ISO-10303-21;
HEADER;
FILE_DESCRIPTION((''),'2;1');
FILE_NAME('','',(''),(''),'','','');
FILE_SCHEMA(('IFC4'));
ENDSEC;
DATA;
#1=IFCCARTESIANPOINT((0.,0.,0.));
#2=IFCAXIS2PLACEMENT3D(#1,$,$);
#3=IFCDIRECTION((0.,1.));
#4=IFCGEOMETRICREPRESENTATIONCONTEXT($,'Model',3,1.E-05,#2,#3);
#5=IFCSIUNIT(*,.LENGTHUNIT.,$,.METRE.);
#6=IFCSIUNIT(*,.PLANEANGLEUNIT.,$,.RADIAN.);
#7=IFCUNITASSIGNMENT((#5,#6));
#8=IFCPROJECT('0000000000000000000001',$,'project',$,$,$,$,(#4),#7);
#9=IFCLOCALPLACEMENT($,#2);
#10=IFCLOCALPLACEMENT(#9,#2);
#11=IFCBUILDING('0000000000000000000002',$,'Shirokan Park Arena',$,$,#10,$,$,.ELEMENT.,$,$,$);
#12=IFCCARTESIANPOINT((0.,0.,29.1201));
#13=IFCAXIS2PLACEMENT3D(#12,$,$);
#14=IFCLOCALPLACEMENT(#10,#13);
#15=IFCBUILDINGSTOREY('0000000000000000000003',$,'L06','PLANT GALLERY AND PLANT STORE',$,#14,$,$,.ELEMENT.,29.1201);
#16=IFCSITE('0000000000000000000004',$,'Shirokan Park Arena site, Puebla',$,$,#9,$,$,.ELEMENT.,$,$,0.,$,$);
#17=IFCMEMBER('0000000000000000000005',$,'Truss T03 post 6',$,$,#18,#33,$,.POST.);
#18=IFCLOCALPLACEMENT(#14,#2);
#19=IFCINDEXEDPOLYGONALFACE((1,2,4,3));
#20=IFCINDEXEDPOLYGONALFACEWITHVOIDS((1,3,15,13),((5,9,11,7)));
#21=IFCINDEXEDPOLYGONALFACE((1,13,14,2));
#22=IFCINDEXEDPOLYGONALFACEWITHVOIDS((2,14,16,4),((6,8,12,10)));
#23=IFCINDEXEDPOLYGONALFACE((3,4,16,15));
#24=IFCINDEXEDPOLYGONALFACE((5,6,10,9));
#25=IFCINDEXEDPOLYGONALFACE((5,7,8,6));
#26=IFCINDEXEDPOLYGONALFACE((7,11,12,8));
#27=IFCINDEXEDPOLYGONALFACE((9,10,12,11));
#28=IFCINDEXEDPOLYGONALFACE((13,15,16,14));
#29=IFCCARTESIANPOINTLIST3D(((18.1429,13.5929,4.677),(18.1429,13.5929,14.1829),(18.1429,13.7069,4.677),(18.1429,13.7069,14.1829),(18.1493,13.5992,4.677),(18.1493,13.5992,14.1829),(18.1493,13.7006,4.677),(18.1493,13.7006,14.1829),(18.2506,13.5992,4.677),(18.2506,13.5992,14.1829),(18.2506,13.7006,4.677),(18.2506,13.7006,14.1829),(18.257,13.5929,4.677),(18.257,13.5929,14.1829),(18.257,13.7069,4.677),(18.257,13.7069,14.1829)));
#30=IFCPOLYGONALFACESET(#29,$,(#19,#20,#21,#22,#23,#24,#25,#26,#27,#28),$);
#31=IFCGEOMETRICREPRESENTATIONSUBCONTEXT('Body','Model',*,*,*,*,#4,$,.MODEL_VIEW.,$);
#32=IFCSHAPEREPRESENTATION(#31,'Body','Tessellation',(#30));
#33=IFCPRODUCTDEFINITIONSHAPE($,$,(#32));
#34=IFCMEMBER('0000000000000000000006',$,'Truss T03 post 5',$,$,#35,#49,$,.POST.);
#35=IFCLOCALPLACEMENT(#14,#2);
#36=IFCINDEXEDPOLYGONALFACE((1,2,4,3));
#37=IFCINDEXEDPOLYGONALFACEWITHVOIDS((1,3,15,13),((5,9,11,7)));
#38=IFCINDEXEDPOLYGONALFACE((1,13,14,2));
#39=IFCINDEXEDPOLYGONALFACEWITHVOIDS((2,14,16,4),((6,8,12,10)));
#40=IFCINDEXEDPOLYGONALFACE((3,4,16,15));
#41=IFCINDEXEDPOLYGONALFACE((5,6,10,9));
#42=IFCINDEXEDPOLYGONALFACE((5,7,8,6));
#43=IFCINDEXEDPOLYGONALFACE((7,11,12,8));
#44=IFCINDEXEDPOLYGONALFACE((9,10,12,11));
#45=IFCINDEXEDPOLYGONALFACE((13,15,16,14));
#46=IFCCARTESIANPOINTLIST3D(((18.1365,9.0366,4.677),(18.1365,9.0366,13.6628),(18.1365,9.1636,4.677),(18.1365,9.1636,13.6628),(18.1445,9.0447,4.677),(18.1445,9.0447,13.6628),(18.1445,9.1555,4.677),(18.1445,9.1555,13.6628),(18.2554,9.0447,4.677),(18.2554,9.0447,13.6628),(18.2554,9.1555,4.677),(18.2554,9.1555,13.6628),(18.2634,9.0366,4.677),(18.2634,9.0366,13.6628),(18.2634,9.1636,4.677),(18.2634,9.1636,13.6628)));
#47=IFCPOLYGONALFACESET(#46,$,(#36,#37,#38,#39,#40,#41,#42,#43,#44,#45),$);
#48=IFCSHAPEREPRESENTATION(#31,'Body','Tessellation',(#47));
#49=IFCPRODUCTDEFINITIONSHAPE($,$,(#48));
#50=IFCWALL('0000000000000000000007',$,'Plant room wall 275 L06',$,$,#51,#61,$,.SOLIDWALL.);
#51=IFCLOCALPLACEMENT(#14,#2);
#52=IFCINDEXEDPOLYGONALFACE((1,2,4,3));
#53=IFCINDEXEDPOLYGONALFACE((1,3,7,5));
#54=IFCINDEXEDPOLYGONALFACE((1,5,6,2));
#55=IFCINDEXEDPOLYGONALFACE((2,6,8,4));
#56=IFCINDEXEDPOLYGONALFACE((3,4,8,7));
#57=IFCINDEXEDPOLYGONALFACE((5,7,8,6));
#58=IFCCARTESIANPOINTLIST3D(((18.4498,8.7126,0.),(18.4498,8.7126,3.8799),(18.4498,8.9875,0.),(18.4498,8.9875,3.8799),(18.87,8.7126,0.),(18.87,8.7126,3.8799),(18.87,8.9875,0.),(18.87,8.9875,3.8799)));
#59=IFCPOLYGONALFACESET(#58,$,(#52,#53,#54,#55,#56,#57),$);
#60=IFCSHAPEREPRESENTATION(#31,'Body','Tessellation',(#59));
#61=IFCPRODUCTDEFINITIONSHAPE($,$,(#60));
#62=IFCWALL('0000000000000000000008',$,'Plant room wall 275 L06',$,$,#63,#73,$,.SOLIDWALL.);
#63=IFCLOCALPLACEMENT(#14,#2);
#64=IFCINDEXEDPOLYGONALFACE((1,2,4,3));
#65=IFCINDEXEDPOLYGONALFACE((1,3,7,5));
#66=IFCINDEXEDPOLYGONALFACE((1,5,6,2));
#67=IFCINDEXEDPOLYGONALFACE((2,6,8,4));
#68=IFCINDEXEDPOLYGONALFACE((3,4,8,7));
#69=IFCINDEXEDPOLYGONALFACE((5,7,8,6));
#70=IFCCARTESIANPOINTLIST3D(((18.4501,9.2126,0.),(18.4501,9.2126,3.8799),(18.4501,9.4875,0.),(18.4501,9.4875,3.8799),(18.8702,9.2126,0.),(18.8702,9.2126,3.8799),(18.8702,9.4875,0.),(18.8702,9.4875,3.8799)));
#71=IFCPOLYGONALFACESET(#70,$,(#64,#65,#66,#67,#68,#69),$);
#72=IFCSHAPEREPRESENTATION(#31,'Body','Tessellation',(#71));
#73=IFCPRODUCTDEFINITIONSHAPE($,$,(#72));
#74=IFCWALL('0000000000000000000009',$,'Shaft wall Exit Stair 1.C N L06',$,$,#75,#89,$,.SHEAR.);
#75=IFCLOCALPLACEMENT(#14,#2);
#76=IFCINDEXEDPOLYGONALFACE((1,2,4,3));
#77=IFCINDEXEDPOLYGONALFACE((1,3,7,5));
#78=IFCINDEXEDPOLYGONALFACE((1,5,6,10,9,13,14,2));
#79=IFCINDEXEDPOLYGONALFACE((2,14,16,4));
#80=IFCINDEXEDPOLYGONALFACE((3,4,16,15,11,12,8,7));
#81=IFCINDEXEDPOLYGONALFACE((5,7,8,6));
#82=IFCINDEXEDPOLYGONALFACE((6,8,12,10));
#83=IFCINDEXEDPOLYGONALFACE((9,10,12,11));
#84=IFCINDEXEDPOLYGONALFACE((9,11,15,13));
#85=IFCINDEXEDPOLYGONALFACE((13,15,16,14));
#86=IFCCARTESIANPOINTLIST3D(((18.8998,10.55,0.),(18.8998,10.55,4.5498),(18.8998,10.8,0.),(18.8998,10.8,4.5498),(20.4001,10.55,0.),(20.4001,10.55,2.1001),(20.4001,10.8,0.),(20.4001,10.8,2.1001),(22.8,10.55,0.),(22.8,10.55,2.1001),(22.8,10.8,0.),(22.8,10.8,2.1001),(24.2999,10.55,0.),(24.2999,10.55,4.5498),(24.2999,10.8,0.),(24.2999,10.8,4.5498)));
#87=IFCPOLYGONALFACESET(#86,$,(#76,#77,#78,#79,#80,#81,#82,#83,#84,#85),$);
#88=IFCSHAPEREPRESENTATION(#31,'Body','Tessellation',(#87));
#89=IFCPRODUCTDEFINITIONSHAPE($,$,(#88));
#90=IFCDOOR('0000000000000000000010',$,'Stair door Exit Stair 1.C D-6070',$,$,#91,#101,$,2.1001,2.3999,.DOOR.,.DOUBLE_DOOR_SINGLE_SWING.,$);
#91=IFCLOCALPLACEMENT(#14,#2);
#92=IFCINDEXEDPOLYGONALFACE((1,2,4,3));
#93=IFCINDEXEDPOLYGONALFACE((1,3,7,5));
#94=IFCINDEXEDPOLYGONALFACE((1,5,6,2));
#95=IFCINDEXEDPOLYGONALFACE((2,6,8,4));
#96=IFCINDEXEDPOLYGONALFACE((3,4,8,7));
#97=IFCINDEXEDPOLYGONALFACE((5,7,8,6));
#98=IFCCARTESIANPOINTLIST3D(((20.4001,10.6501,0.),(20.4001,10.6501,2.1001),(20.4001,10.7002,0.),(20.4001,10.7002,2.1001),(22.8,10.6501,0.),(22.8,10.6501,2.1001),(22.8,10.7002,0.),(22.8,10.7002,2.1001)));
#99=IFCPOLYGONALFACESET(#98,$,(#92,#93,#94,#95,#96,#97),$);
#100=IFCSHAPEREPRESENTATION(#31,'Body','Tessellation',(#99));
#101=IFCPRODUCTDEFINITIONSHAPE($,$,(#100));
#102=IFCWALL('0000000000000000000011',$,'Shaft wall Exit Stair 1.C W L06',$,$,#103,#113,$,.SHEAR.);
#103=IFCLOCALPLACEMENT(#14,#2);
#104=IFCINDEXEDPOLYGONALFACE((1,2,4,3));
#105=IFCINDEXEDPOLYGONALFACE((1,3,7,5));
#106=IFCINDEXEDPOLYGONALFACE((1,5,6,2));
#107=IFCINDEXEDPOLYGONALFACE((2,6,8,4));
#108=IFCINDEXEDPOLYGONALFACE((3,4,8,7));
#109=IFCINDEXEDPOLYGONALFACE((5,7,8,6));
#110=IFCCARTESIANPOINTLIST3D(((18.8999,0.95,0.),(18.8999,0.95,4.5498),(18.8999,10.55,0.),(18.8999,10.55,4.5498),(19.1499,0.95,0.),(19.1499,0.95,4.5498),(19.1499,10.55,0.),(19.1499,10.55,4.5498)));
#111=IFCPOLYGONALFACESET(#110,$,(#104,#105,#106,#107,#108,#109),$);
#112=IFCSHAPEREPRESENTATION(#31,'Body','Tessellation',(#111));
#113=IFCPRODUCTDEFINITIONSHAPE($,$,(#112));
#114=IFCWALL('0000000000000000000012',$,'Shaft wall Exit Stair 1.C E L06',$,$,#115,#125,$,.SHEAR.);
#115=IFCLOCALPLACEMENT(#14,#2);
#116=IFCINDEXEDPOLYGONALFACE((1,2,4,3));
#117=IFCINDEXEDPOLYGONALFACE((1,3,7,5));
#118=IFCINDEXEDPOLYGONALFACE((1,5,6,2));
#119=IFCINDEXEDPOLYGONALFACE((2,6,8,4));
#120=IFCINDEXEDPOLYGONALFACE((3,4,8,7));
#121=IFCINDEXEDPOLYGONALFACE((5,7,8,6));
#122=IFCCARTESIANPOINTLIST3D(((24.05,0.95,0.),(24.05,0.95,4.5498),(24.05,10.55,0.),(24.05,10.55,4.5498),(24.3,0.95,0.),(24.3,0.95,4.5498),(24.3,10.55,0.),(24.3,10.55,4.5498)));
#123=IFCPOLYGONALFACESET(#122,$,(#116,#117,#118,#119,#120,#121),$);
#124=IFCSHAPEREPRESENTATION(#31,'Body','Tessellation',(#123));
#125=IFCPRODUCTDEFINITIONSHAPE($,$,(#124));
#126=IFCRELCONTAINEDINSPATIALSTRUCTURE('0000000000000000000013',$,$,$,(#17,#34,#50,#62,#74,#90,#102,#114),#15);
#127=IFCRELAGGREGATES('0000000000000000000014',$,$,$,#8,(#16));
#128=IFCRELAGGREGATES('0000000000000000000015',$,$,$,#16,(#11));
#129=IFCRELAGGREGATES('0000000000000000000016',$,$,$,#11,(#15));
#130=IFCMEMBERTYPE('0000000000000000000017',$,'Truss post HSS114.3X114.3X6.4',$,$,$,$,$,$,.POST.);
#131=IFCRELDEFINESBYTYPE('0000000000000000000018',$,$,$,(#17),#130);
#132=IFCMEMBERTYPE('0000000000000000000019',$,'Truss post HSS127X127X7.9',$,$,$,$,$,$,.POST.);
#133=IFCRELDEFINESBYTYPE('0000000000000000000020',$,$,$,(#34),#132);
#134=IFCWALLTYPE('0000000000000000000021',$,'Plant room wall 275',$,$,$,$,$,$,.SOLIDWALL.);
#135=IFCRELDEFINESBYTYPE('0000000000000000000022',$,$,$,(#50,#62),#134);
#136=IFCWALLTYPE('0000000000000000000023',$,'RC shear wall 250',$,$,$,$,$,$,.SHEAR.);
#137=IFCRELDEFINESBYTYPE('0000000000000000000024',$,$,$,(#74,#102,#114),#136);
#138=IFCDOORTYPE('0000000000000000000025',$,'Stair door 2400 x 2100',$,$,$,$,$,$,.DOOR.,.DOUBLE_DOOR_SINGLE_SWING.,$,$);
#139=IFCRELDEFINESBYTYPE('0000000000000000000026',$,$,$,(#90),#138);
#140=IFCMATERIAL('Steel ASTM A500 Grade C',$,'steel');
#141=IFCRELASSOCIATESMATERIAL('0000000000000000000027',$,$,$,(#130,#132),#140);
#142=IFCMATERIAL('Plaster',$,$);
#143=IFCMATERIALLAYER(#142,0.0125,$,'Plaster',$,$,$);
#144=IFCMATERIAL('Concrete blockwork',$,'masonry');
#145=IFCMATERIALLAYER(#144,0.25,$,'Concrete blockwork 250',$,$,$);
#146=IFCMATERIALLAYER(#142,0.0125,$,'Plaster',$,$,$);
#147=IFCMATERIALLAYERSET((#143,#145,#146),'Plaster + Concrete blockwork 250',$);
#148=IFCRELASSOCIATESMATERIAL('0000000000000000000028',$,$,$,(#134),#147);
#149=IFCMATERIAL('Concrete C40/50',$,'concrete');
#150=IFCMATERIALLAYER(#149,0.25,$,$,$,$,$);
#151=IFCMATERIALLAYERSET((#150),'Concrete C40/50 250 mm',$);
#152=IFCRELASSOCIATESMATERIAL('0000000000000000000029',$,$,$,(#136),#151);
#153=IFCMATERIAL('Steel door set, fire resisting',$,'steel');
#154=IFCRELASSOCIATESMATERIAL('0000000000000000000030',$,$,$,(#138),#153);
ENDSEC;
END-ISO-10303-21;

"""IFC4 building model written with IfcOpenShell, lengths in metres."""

from ifc_helpers import new_model, si_unit, direction, frame, frame_2d, origin, origin_2d, place, context, subcontext, project, spatial, rectangle, hollow_rectangle, extrude, material, layer, layer_set, material_profile, profile_set, type_object, element, fill, save


model = new_model("IFC4")

# Units and contexts
model_context = context("Model", 3, precision=1e-05, world=origin(), true_north=direction((0.0, 1.0)))
body_context = subcontext(model_context, "Body", "Model", "MODEL_VIEW")
ifc_project = project(units=[si_unit("LENGTHUNIT", "METRE"), si_unit("PLANEANGLEUNIT", "RADIAN")], contexts=[model_context])

# Site, building, storey
site_placement = place(None, origin())
site = spatial("IfcSite", under=ifc_project, at=site_placement, Name="Shirokan Park Arena site, Puebla", CompositionType="ELEMENT", RefElevation=0.0)
building_placement = place(site_placement, origin())
building = spatial("IfcBuilding", under=site, at=building_placement, Name="Shirokan Park Arena", CompositionType="ELEMENT")
storey_placement = place(building_placement, frame((0.0, 0.0, 29.1201)))
storey = spatial("IfcBuildingStorey", under=building, at=storey_placement, Name="L06", Description="PLANT GALLERY AND PLANT STORE", CompositionType="ELEMENT", Elevation=29.1201)

# Shared definitions
ifc_material_1 = material(Name="Steel ASTM A500 Grade C", Category="steel")

# Members
ifc_material_profile_1 = material_profile(ifc_material_1, hollow_rectangle(XDim=0.114, YDim=0.114, WallThickness=0.0063, at=origin_2d()), Name="HSS114.3X114.3X6.4")
ifc_profile_set_1 = profile_set([ifc_material_profile_1], Name="Steel ASTM A500 Grade C")
member_type_1 = type_object("IfcMemberType", Name="Truss post HSS114.3X114.3X6.4", PredefinedType="POST", material=ifc_profile_set_1)
member_1_placement = place(storey_placement, frame((18.2, 13.6499, 4.677), z_axis=(0.0, 0.0, 1.0), x_axis=(1.0, 0.0, 0.0)))
element("IfcMember", 1, at=member_1_placement, inside=storey, type_object=member_type_1, Name="Truss T03 post 6", PredefinedType="POST", context=body_context, shape_type="SweptSolid", body=[
    extrude(hollow_rectangle(XDim=0.114, YDim=0.114, WallThickness=0.0063, at=origin_2d()), origin(), (0.0, 0.0, 1.0), 9.5059),
])
ifc_material_profile_2 = material_profile(ifc_material_1, hollow_rectangle(XDim=0.127, YDim=0.127, WallThickness=0.0081, at=origin_2d()), Name="HSS127X127X7.9")
ifc_profile_set_2 = profile_set([ifc_material_profile_2], Name="Steel ASTM A500 Grade C")
member_type_2 = type_object("IfcMemberType", Name="Truss post HSS127X127X7.9", PredefinedType="POST", material=ifc_profile_set_2)
member_2_placement = place(storey_placement, frame((18.2, 9.1001, 4.677), z_axis=(0.0, 0.0, 1.0), x_axis=(1.0, 0.0, 0.0)))
element("IfcMember", 2, at=member_2_placement, inside=storey, type_object=member_type_2, Name="Truss T03 post 5", PredefinedType="POST", context=body_context, shape_type="SweptSolid", body=[
    extrude(hollow_rectangle(XDim=0.127, YDim=0.127, WallThickness=0.0081, at=origin_2d()), origin(), (0.0, 0.0, 1.0), 8.9858),
])

# Walls
ifc_material_2 = material(Name="Plaster")
ifc_layer_1 = layer(ifc_material_2, 0.0125, Name="Plaster")
ifc_material_3 = material(Name="Concrete blockwork", Category="masonry")
ifc_layer_2 = layer(ifc_material_3, 0.25, Name="Concrete blockwork 250")
ifc_layer_3 = layer(ifc_material_2, 0.0125, Name="Plaster")
ifc_layer_set_1 = layer_set([ifc_layer_1, ifc_layer_2, ifc_layer_3], Name="Plaster + Concrete blockwork 250")
wall_type_1 = type_object("IfcWallType", Name="Plant room wall 275", PredefinedType="SOLIDWALL", material=ifc_layer_set_1)
for number, where, z_axis, x_axis, name in (
    (3, (18.45, 8.8501, 0.0), (0.0, 0.0, 1.0), (1.0, 0.0, 0.0), "Plant room wall 275 L06"),
    (4, (18.8701, 9.3501, 0.0), (0.0, 0.0, 1.0), (-1.0, 0.0, 0.0), "Plant room wall 275 L06"),
):
    element("IfcWall", number, at=place(storey_placement, frame(where, z_axis=z_axis, x_axis=x_axis)), inside=storey, type_object=wall_type_1, Name=name, PredefinedType="SOLIDWALL", context=body_context, shape_type="SweptSolid", body=[
        extrude(rectangle(XDim=0.4202, YDim=0.2749, at=frame_2d((0.21, 0.0))), origin(), (0.0, 0.0, 1.0), 3.8799),
    ])

# Wall, opening, door
ifc_material_4 = material(Name="Concrete C40/50", Category="concrete")
ifc_layer_4 = layer(ifc_material_4, 0.25)
ifc_layer_set_2 = layer_set([ifc_layer_4], Name="Concrete C40/50 250 mm")
wall_type_2 = type_object("IfcWallType", Name="RC shear wall 250", PredefinedType="SHEAR", material=ifc_layer_set_2)
wall_1_placement = place(storey_placement, frame((24.3, 10.675, 0.0), z_axis=(0.0, 0.0, 1.0), x_axis=(-1.0, 0.0, 0.0)))
wall_1 = element("IfcWall", 5, at=wall_1_placement, inside=storey, type_object=wall_type_2, Name="Shaft wall Exit Stair 1.C N L06", PredefinedType="SHEAR", context=body_context, shape_type="SweptSolid", body=[
    extrude(rectangle(XDim=5.4001, YDim=0.25, at=frame_2d((2.7002, 0.0))), origin(), (0.0, 0.0, 1.0), 4.5498),
])
opening_1_placement = place(wall_1_placement, frame((1.5, 0.0, 0.0)))
opening_1 = element("IfcOpeningElement", 6, at=opening_1_placement, cuts=wall_1, PredefinedType="OPENING", context=body_context, shape_type="SweptSolid", body=[
    extrude(rectangle(XDim=2.3999, YDim=2.1001, at=frame_2d((1.2, 1.05))), frame((0.0, 0.135, 0.0), z_axis=(0.0, -1.0, 0.0), x_axis=(1.0, 0.0, 0.0)), (0.0, 0.0, 1.0), 0.27),
])
ifc_material_5 = material(Name="Steel door set, fire resisting", Category="steel")
door_type_1 = type_object("IfcDoorType", Name="Stair door 2400 x 2100", OperationType="DOUBLE_DOOR_SINGLE_SWING", PredefinedType="DOOR", material=ifc_material_5)
door_1_placement = place(opening_1_placement, origin())
door_1 = element("IfcDoor", 7, at=door_1_placement, inside=storey, type_object=door_type_1, Name="Stair door Exit Stair 1.C D-6070", OperationType="DOUBLE_DOOR_SINGLE_SWING", OverallHeight=2.1001, OverallWidth=2.3999, PredefinedType="DOOR", context=body_context, shape_type="SweptSolid", body=[
    extrude(rectangle(XDim=2.3999, YDim=2.1001, at=frame_2d((1.2, 1.05))), frame((0.0, 0.0249, 0.0), z_axis=(0.0, -1.0, 0.0), x_axis=(1.0, 0.0, 0.0)), (0.0, 0.0, 1.0), 0.05),
])
fill(opening_1, door_1)

# Walls
for number, where, z_axis, x_axis, name in (
    (8, (19.0249, 10.55, 0.0), (0.0, 0.0, 1.0), (0.0, -1.0, 0.0), "Shaft wall Exit Stair 1.C W L06"),
    (9, (24.175, 10.55, 0.0), (0.0, 0.0, 1.0), (0.0, -1.0, 0.0), "Shaft wall Exit Stair 1.C E L06"),
):
    element("IfcWall", number, at=place(storey_placement, frame(where, z_axis=z_axis, x_axis=x_axis)), inside=storey, type_object=wall_type_2, Name=name, PredefinedType="SHEAR", context=body_context, shape_type="SweptSolid", body=[
        extrude(rectangle(XDim=9.6001, YDim=0.25, at=frame_2d((4.8, 0.0))), origin(), (0.0, 0.0, 1.0), 4.5498),
    ])

save(model, "model.ifc")
